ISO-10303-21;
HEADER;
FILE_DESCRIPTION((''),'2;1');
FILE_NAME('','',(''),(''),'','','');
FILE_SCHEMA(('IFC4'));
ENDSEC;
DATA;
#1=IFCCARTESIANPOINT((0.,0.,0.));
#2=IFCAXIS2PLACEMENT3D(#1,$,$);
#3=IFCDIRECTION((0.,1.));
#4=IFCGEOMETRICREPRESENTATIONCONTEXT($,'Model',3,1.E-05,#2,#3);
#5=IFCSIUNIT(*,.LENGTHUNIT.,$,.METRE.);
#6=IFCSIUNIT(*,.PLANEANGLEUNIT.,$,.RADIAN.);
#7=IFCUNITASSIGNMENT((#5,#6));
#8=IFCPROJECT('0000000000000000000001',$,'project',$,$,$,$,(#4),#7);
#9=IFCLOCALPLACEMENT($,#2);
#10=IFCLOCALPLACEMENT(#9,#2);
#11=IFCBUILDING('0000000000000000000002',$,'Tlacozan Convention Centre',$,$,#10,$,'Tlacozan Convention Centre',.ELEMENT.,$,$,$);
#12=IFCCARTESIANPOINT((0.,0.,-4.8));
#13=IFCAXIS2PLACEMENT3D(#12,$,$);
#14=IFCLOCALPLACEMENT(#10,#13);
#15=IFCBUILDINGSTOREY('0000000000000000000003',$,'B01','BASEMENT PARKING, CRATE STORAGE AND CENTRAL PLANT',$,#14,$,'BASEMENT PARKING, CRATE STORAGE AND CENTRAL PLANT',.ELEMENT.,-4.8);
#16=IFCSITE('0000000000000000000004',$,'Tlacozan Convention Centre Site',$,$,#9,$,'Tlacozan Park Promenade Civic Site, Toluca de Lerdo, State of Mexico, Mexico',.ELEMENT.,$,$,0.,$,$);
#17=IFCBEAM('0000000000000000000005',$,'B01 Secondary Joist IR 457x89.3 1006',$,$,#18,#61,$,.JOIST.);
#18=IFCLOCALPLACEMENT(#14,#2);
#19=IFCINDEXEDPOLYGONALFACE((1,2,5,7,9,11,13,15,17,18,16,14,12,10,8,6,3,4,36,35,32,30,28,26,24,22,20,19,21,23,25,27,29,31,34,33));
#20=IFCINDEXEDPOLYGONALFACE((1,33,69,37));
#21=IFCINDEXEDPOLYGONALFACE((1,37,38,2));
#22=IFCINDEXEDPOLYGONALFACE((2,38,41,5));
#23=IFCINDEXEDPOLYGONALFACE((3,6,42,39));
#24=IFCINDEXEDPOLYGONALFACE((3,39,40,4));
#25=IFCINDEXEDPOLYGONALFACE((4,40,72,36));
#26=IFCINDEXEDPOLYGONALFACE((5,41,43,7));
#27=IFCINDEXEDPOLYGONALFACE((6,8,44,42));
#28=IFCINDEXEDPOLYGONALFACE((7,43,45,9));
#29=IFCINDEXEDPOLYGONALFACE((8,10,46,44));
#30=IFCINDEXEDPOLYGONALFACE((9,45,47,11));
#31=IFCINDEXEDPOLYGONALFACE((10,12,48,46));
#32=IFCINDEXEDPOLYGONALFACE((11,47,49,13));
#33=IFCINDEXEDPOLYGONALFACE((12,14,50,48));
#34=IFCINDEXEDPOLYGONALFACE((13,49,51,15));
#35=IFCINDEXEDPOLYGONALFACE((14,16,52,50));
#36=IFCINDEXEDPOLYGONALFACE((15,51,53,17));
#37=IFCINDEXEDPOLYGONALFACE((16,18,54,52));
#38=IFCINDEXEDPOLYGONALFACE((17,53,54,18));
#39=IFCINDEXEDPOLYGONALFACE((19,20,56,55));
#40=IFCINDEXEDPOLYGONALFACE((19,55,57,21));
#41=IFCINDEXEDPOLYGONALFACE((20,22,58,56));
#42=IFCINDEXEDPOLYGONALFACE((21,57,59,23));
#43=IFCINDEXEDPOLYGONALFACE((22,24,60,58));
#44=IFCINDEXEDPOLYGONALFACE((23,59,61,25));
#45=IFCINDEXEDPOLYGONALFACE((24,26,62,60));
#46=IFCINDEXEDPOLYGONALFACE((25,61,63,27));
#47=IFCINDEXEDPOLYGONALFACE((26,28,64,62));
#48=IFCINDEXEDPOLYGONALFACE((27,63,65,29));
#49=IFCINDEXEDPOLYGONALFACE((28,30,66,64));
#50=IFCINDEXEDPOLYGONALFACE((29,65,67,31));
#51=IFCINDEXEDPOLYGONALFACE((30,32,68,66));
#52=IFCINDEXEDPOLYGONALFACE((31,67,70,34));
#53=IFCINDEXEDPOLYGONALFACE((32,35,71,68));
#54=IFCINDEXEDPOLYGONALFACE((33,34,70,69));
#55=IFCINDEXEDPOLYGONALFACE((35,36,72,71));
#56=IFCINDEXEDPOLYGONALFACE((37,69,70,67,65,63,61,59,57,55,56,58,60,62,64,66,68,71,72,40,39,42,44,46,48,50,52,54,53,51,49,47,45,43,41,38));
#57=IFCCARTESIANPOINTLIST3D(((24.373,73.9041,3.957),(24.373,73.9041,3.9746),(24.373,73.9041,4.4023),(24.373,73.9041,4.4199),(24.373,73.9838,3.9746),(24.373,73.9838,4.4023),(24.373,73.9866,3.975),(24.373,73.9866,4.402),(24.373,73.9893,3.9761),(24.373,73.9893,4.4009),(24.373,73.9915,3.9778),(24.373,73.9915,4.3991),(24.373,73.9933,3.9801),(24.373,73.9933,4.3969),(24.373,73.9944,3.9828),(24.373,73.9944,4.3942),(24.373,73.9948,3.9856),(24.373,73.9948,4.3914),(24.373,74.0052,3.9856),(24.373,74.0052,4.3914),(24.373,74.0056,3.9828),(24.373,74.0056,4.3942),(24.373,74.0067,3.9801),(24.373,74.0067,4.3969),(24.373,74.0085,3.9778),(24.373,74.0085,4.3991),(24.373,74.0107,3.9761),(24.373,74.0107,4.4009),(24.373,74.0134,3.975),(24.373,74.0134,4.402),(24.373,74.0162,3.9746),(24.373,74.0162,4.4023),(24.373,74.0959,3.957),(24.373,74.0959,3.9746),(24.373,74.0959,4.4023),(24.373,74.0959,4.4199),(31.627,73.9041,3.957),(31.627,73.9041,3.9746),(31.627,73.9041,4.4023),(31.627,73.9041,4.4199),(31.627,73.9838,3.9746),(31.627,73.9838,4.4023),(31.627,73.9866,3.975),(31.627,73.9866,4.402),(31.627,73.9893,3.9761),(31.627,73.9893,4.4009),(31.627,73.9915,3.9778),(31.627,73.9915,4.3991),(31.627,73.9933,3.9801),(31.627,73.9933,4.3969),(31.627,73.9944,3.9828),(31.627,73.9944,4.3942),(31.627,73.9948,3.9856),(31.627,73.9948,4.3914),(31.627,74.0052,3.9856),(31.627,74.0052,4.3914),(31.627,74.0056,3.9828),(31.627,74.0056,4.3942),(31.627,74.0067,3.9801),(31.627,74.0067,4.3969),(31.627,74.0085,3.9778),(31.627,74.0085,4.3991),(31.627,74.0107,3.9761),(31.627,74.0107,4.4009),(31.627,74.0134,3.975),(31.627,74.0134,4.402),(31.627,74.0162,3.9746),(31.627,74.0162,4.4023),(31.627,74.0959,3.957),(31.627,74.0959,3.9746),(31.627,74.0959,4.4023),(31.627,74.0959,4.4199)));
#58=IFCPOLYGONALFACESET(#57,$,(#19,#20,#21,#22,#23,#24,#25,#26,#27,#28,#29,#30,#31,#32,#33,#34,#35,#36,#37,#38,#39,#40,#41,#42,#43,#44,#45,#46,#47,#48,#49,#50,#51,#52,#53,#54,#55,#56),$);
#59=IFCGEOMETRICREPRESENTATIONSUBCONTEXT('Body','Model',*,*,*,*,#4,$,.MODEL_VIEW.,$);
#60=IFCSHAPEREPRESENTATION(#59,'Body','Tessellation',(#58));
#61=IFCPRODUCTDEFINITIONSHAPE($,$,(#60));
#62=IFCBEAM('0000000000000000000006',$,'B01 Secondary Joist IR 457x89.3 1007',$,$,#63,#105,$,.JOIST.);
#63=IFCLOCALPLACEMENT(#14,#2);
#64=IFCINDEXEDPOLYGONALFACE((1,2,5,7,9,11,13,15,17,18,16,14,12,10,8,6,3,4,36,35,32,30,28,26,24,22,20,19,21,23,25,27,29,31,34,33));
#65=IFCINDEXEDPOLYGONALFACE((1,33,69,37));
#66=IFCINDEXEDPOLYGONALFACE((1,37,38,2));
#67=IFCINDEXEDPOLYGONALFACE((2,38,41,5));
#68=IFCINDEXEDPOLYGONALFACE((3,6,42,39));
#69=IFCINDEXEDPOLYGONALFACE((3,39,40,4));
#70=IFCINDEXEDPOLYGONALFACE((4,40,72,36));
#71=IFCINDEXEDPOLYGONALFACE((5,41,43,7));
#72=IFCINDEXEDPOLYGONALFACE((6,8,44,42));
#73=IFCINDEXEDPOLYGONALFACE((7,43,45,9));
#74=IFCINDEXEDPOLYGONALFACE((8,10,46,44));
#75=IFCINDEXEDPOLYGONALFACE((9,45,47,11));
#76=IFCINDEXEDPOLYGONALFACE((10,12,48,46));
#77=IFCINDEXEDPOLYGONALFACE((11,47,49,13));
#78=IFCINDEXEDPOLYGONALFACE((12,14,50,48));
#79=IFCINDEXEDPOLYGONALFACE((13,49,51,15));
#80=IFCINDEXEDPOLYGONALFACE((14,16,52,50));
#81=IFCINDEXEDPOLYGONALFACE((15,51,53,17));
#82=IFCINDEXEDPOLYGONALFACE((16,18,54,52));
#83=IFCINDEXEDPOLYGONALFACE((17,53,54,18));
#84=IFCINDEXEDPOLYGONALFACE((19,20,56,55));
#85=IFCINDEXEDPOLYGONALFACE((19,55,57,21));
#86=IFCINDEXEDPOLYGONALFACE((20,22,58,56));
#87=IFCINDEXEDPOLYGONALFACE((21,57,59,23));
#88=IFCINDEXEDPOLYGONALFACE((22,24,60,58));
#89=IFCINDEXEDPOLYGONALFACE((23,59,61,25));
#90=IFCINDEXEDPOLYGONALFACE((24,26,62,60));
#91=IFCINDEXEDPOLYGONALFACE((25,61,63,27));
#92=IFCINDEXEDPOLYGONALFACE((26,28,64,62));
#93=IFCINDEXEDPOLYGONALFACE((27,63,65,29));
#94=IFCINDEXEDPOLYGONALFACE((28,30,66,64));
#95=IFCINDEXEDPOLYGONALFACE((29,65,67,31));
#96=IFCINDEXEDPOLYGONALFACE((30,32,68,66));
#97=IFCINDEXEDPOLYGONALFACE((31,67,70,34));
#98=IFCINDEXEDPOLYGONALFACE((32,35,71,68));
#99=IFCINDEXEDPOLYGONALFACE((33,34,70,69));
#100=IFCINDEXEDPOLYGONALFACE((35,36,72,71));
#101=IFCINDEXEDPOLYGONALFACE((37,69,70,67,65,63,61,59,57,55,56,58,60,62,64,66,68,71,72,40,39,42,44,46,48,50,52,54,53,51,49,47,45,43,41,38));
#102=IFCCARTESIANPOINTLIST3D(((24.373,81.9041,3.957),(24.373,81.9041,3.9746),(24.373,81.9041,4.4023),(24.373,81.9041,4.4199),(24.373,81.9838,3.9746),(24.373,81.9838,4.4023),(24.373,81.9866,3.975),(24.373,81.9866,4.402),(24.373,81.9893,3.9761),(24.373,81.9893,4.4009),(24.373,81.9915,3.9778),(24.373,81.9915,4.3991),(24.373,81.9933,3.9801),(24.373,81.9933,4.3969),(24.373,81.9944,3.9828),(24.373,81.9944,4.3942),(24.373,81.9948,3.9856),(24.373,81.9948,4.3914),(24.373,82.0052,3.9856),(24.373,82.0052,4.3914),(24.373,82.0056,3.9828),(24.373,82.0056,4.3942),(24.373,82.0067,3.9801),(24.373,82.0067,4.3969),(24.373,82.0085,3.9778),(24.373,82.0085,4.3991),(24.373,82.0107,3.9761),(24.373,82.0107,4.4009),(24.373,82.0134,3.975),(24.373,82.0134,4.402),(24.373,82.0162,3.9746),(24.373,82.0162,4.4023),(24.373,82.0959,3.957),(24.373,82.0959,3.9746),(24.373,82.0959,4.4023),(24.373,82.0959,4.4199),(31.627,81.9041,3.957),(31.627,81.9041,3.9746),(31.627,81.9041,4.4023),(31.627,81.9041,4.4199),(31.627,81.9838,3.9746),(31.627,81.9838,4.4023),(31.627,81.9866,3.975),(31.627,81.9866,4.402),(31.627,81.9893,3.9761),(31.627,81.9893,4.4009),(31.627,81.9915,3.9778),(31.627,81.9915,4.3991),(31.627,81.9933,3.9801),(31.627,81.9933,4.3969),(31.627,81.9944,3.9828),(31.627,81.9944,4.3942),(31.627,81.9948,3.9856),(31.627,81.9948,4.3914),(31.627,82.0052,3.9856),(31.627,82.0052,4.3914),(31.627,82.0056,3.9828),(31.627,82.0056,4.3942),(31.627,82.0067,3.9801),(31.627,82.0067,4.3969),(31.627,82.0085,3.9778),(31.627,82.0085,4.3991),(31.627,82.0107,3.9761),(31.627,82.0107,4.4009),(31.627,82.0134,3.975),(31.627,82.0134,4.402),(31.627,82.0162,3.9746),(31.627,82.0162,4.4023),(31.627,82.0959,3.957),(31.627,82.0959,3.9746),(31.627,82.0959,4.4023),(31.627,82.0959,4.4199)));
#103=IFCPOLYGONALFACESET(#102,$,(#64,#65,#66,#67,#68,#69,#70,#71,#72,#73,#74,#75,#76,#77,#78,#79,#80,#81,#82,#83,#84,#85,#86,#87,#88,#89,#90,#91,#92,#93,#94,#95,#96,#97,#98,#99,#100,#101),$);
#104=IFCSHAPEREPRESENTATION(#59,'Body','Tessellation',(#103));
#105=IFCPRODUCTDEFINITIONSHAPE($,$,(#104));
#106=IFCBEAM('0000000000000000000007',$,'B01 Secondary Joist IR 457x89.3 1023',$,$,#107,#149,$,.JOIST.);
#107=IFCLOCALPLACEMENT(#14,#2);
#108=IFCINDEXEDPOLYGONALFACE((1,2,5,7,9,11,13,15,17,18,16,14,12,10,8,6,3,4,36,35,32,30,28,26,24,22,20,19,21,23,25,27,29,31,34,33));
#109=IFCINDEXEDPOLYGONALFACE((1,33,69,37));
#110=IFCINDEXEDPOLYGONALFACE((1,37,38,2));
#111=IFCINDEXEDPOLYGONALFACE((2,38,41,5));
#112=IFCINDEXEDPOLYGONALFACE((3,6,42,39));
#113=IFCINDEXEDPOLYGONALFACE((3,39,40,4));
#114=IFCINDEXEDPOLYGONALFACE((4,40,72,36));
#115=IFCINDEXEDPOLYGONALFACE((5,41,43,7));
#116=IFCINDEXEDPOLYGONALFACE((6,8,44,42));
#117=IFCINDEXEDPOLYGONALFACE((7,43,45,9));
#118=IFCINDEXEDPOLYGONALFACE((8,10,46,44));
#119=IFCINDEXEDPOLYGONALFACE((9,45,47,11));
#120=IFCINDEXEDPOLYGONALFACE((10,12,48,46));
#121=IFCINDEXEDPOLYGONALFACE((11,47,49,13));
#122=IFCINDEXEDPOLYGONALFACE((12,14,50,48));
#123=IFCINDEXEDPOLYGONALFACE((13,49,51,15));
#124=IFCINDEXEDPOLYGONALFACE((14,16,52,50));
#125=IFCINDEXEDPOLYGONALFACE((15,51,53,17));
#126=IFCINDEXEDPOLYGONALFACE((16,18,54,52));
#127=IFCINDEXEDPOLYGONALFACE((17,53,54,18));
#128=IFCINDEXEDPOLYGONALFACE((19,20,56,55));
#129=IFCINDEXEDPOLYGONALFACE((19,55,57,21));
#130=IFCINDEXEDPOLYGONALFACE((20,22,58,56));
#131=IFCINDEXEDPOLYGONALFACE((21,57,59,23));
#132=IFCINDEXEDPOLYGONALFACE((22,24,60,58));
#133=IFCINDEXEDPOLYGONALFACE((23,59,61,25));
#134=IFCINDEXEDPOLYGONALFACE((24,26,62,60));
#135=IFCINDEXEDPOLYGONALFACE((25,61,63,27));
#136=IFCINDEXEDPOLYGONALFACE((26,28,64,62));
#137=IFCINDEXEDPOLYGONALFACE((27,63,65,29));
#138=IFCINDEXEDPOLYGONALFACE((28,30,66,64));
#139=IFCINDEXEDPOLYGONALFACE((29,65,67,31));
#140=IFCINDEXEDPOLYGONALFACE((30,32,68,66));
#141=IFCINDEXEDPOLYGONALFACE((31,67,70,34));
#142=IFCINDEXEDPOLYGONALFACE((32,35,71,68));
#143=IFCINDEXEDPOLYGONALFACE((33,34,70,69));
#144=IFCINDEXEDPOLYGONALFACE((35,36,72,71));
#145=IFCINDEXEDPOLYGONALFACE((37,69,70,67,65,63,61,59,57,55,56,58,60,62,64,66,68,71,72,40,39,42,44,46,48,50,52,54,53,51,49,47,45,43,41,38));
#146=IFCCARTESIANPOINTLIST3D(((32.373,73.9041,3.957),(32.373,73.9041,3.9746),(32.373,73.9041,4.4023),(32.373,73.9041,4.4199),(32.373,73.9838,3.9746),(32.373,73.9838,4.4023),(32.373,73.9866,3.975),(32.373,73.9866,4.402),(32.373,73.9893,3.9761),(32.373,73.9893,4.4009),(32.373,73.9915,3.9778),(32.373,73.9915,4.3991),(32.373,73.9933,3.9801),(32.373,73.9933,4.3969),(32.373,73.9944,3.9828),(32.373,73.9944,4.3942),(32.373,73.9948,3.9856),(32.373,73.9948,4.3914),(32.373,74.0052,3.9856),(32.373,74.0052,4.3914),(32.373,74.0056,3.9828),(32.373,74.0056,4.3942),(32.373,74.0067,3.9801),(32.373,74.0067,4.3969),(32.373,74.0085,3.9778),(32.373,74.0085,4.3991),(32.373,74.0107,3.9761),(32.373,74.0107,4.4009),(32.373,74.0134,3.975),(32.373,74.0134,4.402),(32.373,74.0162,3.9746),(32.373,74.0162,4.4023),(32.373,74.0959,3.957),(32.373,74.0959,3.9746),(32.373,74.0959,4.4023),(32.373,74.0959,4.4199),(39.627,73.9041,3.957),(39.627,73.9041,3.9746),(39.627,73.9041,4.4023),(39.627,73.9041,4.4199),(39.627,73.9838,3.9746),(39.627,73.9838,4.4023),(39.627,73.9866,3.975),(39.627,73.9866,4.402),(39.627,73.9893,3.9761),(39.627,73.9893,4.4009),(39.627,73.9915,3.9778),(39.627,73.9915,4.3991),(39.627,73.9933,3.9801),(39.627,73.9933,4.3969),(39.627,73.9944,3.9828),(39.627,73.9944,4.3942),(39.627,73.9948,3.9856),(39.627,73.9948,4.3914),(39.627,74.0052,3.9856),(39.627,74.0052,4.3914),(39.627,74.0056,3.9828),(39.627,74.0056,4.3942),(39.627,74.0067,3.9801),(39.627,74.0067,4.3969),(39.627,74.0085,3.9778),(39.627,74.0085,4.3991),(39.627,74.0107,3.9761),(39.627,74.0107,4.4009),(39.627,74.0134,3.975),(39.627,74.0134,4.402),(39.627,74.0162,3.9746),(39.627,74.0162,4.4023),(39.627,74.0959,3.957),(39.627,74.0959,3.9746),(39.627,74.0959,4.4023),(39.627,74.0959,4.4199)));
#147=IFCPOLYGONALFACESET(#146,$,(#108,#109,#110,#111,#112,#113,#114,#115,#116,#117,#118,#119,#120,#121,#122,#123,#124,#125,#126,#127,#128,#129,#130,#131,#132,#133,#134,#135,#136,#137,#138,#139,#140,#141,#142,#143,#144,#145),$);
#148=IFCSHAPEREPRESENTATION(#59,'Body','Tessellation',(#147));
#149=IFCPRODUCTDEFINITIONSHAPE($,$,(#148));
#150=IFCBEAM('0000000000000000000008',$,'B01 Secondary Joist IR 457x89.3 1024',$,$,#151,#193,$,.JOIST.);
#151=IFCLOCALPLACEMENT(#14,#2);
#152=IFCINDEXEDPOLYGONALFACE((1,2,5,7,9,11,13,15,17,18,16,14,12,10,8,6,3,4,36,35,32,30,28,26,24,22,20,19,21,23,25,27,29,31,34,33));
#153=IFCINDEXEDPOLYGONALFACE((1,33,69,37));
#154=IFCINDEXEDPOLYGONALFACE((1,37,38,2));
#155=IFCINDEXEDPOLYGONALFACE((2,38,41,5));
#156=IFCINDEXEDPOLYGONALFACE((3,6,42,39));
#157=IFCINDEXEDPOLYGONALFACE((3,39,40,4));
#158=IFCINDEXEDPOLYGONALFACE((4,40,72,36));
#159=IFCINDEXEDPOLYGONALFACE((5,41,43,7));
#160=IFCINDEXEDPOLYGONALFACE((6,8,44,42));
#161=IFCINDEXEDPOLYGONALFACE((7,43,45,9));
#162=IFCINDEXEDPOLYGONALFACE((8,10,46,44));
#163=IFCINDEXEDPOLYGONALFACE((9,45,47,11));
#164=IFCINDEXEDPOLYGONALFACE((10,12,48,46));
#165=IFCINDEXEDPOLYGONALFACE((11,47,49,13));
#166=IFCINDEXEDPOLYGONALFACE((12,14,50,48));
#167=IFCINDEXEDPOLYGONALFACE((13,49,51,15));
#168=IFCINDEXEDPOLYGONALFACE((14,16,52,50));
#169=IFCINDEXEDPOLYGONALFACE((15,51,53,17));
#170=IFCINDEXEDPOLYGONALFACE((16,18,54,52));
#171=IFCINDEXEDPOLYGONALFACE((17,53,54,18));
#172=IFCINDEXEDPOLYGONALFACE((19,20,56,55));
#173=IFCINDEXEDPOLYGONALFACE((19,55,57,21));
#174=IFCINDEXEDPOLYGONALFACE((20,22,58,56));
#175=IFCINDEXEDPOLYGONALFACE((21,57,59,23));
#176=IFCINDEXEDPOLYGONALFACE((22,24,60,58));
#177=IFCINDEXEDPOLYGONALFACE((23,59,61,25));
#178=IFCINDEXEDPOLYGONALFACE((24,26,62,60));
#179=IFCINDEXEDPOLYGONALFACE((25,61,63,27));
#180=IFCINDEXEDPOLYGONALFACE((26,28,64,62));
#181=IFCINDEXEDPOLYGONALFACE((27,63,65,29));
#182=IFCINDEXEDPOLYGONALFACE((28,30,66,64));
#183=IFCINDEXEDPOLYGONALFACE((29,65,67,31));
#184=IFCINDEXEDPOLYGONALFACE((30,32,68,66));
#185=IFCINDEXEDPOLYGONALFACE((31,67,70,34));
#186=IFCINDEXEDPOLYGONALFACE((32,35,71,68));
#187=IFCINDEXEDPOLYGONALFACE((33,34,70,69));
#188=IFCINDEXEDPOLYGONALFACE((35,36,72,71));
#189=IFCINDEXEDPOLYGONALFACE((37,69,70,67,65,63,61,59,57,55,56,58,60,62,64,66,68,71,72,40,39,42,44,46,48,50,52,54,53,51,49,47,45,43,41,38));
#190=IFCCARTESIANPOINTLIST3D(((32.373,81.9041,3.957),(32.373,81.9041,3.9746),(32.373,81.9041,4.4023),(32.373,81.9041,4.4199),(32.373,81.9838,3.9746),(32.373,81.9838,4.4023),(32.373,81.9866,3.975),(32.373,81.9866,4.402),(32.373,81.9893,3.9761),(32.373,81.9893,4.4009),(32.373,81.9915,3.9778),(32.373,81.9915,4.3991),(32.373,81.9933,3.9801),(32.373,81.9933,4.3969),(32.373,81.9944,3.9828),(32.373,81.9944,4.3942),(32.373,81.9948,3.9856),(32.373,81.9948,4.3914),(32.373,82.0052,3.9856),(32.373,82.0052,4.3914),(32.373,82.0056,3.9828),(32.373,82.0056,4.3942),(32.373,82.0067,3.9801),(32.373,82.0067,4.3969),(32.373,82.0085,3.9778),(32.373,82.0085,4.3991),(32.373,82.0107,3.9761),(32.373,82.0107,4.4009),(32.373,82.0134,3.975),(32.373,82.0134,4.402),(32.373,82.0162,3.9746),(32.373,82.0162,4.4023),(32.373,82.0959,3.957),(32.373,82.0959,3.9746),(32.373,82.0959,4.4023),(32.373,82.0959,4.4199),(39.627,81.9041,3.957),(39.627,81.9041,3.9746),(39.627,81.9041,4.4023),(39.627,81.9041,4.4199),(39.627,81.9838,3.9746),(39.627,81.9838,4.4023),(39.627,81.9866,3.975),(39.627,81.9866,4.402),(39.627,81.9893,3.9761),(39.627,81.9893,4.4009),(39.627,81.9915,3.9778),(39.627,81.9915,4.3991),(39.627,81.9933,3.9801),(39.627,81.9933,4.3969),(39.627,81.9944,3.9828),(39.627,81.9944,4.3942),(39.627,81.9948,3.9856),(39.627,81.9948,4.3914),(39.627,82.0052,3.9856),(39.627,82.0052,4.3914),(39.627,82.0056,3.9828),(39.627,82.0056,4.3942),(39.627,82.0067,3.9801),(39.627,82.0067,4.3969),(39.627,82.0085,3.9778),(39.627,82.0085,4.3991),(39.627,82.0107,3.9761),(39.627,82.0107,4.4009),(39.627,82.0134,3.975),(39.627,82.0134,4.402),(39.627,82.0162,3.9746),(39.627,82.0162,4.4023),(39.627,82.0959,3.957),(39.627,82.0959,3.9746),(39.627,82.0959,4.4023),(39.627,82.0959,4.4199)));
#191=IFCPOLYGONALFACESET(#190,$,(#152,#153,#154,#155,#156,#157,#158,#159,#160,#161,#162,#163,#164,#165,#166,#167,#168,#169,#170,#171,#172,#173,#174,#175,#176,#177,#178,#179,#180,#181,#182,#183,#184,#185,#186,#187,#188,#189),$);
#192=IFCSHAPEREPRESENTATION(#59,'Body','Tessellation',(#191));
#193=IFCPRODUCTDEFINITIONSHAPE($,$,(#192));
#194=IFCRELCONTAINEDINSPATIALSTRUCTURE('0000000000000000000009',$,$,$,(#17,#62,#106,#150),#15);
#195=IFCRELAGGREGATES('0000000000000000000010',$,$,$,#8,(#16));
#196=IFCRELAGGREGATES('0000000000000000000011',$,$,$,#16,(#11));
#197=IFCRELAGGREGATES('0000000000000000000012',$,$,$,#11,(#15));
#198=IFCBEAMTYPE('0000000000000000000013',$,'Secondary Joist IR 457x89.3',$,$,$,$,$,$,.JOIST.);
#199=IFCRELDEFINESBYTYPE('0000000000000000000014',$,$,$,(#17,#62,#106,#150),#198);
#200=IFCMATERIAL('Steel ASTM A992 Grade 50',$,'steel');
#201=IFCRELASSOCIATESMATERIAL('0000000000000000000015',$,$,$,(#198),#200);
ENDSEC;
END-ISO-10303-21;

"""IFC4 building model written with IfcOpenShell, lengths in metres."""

from ifc_helpers import new_model, si_unit, direction, frame, origin, origin_2d, place, context, subcontext, project, spatial, i_section, extrude, material, material_profile, profile_set, type_object, element, save


model = new_model("IFC4")

# Units and contexts
model_context = context("Model", 3, precision=1e-05, world=origin(), true_north=direction((0.0, 1.0)))
body_context = subcontext(model_context, "Body", "Model", "MODEL_VIEW")
ifc_project = project(units=[si_unit("LENGTHUNIT", "METRE"), si_unit("PLANEANGLEUNIT", "RADIAN")], contexts=[model_context])

# Site, building, storey
site_placement = place(None, origin())
site = spatial("IfcSite", under=ifc_project, at=site_placement, Name="Tlacozan Convention Centre Site", LongName="Tlacozan Park Promenade Civic Site, Toluca de Lerdo, State of Mexico, Mexico", CompositionType="ELEMENT", RefElevation=0.0)
building_placement = place(site_placement, origin())
building = spatial("IfcBuilding", under=site, at=building_placement, Name="Tlacozan Convention Centre", LongName="Tlacozan Convention Centre", CompositionType="ELEMENT")
storey_placement = place(building_placement, frame((0.0, 0.0, -4.8)))
storey = spatial("IfcBuildingStorey", under=building, at=storey_placement, Name="B01", Description="BASEMENT PARKING, CRATE STORAGE AND CENTRAL PLANT", LongName="BASEMENT PARKING, CRATE STORAGE AND CENTRAL PLANT", CompositionType="ELEMENT", Elevation=-4.8)

# Beams
ifc_material_1 = material(Name="Steel ASTM A992 Grade 50", Category="steel")
ifc_material_profile_1 = material_profile(ifc_material_1, i_section(OverallWidth=0.1919, OverallDepth=0.4629, WebThickness=0.0105, FlangeThickness=0.0176, FilletRadius=0.011, at=origin_2d()), Name="IR 457x89.3")
ifc_profile_set_1 = profile_set([ifc_material_profile_1], Name="Steel ASTM A992 Grade 50")
beam_type_1 = type_object("IfcBeamType", Name="Secondary Joist IR 457x89.3", PredefinedType="JOIST", material=ifc_profile_set_1)
for number, where, z_axis, x_axis, name in (
    (1, (24.373, 74.0, 4.1885), (1.0, 0.0, 0.0), (0.0, 1.0, 0.0), "B01 Secondary Joist IR 457x89.3 1006"),
    (2, (24.373, 82.0, 4.1885), (1.0, 0.0, 0.0), (0.0, 1.0, 0.0), "B01 Secondary Joist IR 457x89.3 1007"),
    (3, (32.373, 74.0, 4.1885), (1.0, 0.0, 0.0), (0.0, 1.0, 0.0), "B01 Secondary Joist IR 457x89.3 1023"),
    (4, (32.373, 82.0, 4.1885), (1.0, 0.0, 0.0), (0.0, 1.0, 0.0), "B01 Secondary Joist IR 457x89.3 1024"),
):
    element("IfcBeam", number, at=place(storey_placement, frame(where, z_axis=z_axis, x_axis=x_axis)), inside=storey, type_object=beam_type_1, Name=name, PredefinedType="JOIST", context=body_context, shape_type="SweptSolid", body=[
        extrude(i_section(OverallWidth=0.1919, OverallDepth=0.4629, WebThickness=0.0105, FlangeThickness=0.0176, FilletRadius=0.011, at=origin_2d()), origin(), (0.0, 0.0, 1.0), 7.2539),
    ])

save(model, "model.ifc")
